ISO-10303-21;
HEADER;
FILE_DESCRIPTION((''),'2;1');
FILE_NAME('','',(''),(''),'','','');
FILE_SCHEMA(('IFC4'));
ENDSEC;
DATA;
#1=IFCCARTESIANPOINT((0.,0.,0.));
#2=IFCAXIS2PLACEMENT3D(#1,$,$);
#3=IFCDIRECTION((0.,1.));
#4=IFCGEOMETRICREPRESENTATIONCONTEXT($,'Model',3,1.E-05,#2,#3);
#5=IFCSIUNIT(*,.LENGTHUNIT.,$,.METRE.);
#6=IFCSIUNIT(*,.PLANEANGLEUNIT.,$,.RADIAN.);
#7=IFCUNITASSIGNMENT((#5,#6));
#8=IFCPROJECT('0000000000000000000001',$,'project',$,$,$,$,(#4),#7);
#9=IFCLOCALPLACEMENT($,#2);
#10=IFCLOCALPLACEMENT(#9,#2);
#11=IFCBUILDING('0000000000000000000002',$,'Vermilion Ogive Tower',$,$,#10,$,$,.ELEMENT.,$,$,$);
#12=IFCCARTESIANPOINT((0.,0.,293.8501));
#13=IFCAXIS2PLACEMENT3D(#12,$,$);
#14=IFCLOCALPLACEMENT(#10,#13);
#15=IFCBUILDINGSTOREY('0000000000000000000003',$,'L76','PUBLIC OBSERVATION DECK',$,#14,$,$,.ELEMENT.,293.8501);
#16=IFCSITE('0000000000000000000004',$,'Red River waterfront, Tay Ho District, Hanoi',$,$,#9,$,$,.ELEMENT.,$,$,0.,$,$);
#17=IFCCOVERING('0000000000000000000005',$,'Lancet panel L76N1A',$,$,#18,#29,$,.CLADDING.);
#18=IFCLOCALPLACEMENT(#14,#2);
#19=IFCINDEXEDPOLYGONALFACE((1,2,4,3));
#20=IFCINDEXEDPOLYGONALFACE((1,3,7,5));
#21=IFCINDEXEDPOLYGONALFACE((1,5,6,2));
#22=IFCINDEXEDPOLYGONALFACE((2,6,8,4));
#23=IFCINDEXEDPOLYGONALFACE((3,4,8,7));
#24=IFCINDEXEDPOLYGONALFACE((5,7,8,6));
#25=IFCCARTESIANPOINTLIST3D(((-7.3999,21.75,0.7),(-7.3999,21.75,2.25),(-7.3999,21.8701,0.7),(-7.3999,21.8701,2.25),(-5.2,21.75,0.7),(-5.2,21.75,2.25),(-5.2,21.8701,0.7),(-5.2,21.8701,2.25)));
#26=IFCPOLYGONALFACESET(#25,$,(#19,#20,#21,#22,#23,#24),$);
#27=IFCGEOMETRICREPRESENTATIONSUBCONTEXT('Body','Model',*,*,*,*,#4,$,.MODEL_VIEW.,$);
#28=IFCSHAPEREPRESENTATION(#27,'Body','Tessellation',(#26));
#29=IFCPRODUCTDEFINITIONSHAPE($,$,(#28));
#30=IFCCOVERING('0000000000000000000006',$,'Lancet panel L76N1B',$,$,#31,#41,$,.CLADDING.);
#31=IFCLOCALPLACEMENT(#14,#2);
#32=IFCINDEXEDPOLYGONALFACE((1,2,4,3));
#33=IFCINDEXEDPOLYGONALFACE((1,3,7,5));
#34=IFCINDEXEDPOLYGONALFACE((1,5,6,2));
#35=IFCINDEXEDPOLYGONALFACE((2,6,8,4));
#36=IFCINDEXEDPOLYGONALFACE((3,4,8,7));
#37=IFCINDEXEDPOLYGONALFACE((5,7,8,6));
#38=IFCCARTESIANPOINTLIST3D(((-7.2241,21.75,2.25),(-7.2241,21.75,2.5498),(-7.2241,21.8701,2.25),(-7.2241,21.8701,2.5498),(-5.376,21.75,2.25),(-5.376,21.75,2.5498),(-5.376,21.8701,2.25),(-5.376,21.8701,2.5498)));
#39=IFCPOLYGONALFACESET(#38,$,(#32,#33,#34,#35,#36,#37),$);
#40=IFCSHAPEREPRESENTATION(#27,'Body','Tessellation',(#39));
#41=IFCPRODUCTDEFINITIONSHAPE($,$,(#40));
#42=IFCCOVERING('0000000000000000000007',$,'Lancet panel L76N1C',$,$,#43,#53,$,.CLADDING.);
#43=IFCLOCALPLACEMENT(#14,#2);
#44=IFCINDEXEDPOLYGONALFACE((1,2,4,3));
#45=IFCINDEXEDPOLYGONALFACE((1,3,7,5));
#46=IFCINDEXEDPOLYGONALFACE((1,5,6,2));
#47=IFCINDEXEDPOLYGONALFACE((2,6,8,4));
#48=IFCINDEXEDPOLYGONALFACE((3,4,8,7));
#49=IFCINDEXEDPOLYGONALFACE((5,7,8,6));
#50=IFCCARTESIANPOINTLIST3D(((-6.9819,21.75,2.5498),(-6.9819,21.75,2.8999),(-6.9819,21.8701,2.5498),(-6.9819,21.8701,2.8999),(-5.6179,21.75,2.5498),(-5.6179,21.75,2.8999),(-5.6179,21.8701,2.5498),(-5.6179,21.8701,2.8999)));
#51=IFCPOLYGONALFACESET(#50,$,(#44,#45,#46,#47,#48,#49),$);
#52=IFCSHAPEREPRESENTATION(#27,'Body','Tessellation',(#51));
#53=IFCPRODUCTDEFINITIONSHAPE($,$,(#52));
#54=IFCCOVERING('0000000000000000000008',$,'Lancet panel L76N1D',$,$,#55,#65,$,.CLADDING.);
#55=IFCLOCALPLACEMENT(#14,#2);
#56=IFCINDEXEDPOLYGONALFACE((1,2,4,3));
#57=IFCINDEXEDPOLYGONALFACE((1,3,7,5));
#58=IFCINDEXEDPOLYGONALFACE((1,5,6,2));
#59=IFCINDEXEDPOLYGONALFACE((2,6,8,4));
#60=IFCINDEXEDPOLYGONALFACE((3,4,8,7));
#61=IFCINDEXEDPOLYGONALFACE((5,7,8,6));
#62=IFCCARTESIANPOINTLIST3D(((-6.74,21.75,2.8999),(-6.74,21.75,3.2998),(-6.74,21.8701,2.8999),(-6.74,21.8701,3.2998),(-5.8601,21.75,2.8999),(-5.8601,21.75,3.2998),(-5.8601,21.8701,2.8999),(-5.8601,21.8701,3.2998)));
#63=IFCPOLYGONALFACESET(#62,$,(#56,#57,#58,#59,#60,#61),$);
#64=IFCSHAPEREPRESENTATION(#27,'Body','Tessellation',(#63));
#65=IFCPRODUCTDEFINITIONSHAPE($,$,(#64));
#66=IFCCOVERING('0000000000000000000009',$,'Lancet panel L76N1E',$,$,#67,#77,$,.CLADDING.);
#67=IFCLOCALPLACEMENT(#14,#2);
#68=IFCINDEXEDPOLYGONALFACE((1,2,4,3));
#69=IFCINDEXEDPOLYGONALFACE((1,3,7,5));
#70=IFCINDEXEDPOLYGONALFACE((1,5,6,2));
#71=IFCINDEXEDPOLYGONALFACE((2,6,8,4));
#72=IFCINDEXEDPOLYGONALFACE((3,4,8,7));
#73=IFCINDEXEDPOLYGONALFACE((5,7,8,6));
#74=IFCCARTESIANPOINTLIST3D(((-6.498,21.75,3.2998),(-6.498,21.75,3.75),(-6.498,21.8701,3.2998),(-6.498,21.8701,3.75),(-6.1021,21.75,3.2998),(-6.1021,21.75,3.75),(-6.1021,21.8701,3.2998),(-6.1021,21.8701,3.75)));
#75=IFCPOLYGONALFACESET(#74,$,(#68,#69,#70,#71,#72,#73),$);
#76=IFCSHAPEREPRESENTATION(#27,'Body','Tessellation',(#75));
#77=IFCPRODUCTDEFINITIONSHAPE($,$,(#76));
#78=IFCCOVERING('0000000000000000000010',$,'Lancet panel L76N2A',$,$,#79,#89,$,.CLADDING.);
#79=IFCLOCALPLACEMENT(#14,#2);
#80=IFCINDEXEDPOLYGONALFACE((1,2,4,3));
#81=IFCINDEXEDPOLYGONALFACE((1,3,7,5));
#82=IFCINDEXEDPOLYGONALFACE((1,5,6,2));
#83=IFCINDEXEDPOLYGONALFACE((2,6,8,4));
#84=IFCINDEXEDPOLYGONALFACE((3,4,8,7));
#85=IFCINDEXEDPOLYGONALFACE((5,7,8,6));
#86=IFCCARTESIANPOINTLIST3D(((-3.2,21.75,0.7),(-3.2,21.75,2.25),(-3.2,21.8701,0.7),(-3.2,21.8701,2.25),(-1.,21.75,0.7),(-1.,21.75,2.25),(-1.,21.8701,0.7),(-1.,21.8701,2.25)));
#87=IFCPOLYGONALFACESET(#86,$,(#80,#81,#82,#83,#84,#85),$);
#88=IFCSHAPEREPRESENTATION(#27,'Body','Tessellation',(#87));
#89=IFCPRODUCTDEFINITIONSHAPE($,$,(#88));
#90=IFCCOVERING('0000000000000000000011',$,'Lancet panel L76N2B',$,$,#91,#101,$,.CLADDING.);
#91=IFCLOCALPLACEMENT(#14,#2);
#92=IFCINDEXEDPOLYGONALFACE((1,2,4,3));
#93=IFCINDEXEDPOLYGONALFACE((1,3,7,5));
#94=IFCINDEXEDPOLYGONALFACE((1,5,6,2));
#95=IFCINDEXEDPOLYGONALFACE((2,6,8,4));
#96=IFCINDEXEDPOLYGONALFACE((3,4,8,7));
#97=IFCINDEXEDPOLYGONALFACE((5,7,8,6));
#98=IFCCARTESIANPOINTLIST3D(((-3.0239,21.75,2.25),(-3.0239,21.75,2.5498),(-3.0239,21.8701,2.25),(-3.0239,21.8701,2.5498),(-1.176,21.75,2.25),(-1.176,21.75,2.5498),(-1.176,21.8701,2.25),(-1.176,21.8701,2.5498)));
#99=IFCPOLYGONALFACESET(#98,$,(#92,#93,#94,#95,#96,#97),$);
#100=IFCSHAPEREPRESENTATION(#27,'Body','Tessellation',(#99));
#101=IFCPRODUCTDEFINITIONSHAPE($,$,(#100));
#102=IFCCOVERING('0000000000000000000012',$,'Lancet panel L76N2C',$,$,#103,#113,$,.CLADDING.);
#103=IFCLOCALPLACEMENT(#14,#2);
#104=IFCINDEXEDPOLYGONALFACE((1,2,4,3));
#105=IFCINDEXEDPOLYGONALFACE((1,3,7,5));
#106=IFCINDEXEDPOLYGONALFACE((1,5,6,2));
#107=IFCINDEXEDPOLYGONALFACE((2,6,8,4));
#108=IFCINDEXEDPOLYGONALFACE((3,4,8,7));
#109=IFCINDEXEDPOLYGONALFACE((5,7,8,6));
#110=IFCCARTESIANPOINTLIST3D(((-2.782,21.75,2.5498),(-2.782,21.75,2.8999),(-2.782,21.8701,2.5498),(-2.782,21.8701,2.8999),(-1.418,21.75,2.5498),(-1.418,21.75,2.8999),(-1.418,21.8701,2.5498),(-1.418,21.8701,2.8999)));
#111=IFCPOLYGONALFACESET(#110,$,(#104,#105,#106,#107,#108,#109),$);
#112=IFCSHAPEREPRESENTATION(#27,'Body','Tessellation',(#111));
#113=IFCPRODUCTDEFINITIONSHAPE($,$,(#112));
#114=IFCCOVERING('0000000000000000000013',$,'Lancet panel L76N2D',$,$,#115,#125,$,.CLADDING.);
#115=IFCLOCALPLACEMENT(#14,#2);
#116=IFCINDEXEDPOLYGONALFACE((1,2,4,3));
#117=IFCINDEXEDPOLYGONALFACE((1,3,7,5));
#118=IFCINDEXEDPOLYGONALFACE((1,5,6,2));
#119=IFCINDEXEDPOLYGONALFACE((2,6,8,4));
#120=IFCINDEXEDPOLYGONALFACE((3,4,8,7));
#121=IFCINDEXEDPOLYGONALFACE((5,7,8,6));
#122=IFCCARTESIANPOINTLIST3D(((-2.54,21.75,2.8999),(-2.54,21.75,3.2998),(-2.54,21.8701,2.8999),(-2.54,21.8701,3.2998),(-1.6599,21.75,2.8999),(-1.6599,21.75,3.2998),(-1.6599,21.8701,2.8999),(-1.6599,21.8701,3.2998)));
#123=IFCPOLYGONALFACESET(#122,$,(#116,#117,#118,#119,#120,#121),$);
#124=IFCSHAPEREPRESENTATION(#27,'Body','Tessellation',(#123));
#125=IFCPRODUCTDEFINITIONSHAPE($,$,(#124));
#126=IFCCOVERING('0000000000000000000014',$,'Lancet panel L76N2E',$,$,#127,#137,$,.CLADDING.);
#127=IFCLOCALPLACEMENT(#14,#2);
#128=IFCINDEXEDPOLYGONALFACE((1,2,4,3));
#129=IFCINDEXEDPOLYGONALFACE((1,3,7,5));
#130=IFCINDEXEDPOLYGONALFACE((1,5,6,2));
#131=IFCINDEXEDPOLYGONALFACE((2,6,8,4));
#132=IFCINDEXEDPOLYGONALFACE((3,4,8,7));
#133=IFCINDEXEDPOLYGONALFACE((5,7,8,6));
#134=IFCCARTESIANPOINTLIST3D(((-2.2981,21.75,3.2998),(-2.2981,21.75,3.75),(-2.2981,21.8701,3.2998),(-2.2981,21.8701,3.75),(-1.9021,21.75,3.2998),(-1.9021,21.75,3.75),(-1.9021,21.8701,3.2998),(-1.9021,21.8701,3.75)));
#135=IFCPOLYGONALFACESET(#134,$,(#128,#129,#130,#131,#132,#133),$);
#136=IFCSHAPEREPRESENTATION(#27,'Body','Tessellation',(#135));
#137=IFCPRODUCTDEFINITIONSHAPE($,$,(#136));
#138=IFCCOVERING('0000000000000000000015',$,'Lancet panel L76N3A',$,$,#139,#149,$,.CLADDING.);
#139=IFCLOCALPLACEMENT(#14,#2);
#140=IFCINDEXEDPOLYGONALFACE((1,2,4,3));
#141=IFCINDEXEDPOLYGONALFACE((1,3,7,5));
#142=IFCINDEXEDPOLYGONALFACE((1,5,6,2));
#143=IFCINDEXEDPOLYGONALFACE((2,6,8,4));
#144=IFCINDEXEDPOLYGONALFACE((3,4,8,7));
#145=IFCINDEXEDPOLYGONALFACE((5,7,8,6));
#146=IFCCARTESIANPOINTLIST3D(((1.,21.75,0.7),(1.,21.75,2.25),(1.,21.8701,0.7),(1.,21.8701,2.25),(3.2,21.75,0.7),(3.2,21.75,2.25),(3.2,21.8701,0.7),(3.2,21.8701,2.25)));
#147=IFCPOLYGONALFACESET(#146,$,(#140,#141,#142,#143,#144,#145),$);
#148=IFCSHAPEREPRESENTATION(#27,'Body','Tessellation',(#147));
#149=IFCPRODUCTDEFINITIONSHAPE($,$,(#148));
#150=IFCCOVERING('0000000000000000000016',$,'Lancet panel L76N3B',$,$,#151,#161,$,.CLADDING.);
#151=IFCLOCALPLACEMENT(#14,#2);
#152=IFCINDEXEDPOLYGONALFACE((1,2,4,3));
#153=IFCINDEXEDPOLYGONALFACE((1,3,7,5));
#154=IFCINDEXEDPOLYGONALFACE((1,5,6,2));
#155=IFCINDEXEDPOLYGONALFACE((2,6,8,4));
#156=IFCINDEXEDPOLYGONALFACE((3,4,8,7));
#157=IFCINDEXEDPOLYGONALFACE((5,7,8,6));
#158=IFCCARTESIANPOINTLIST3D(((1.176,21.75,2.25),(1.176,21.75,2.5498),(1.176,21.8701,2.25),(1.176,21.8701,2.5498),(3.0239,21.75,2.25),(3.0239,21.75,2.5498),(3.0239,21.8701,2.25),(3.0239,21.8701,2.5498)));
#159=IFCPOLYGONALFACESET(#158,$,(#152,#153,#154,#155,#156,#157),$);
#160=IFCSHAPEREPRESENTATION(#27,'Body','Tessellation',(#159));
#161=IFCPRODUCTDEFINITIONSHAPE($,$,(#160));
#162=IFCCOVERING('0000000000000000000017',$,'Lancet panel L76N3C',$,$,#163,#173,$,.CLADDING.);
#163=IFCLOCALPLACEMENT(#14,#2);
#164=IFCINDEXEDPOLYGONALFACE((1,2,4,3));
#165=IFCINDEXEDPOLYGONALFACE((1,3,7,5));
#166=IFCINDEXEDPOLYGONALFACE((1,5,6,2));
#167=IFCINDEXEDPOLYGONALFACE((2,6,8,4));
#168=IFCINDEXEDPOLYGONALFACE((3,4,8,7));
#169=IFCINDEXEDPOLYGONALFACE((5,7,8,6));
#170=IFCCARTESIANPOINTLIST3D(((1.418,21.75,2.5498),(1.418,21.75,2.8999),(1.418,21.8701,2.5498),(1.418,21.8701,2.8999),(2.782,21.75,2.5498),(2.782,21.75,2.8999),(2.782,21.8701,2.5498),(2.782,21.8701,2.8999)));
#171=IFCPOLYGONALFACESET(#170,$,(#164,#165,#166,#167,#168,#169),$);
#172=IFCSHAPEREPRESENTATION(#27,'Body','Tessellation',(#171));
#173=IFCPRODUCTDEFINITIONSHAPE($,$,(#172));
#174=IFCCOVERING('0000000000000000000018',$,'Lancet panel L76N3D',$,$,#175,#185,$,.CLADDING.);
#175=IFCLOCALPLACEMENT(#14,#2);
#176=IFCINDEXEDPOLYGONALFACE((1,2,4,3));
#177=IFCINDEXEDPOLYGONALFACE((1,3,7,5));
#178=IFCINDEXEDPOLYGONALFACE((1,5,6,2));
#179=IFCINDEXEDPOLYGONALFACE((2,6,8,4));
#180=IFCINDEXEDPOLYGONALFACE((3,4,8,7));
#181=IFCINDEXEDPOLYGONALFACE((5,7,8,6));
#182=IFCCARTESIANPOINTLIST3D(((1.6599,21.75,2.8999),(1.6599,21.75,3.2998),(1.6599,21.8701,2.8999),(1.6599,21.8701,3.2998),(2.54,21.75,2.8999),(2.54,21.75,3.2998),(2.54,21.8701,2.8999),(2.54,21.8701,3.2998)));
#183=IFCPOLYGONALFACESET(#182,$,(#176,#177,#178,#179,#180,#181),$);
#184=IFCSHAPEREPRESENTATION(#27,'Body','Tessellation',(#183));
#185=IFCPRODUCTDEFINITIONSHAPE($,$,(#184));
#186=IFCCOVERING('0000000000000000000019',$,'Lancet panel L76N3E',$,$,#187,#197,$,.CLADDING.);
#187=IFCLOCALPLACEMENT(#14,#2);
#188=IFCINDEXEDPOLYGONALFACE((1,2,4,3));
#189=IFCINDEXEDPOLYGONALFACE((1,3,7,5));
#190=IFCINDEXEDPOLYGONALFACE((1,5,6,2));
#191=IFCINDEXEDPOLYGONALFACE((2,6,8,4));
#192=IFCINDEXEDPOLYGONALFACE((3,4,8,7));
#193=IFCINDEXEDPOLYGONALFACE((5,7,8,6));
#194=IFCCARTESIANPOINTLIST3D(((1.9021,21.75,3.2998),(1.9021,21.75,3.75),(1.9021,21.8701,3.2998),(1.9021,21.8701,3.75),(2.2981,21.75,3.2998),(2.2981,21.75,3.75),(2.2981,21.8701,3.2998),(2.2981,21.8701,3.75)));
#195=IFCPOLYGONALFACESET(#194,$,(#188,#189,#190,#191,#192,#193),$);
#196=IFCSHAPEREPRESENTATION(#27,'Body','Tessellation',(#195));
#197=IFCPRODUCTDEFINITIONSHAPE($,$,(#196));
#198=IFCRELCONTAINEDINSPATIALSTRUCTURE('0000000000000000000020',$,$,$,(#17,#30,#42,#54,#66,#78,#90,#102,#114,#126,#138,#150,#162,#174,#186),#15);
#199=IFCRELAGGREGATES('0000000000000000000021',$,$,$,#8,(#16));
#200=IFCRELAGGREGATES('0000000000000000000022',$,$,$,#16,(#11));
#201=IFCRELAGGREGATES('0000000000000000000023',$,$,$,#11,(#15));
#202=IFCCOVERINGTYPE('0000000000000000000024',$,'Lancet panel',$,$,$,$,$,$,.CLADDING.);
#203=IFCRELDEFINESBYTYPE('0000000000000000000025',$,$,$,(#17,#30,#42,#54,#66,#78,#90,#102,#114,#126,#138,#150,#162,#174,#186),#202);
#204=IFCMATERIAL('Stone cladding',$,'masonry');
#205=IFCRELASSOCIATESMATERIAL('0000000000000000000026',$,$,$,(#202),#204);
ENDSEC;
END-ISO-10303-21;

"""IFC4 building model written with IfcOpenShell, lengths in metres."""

from ifc_helpers import new_model, si_unit, direction, frame, origin, place, context, subcontext, project, spatial, polyline, outline, extrude, material, type_object, element, save


model = new_model("IFC4")

# Units and contexts
model_context = context("Model", 3, precision=1e-05, world=origin(), true_north=direction((0.0, 1.0)))
body_context = subcontext(model_context, "Body", "Model", "MODEL_VIEW")
ifc_project = project(units=[si_unit("LENGTHUNIT", "METRE"), si_unit("PLANEANGLEUNIT", "RADIAN")], contexts=[model_context])

# Site, building, storey
site_placement = place(None, origin())
site = spatial("IfcSite", under=ifc_project, at=site_placement, Name="Red River waterfront, Tay Ho District, Hanoi", CompositionType="ELEMENT", RefElevation=0.0)
building_placement = place(site_placement, origin())
building = spatial("IfcBuilding", under=site, at=building_placement, Name="Vermilion Ogive Tower", CompositionType="ELEMENT")
storey_placement = place(building_placement, frame((0.0, 0.0, 293.8501)))
storey = spatial("IfcBuildingStorey", under=building, at=storey_placement, Name="L76", Description="PUBLIC OBSERVATION DECK", CompositionType="ELEMENT", Elevation=293.8501)

# Coverings
ifc_material_1 = material(Name="Stone cladding", Category="masonry")
covering_type_1 = type_object("IfcCoveringType", Name="Lancet panel", PredefinedType="CLADDING", material=ifc_material_1)
covering_1_placement = place(storey_placement, frame((0.0, 0.0, 0.7)))
element("IfcCovering", 1, at=covering_1_placement, inside=storey, type_object=covering_type_1, Name="Lancet panel L76N1A", PredefinedType="CLADDING", context=body_context, shape_type="SweptSolid", body=[
    extrude(outline(polyline([(-7.3999, 21.75), (-5.2, 21.75), (-5.2, 21.8701), (-7.3999, 21.8701), (-7.3999, 21.75)])), origin(), (0.0, 0.0, 1.0), 1.55),
])
covering_2_placement = place(storey_placement, frame((0.0, 0.0, 2.25)))
element("IfcCovering", 2, at=covering_2_placement, inside=storey, type_object=covering_type_1, Name="Lancet panel L76N1B", PredefinedType="CLADDING", context=body_context, shape_type="SweptSolid", body=[
    extrude(outline(polyline([(-7.2241, 21.75), (-5.376, 21.75), (-5.376, 21.8701), (-7.2241, 21.8701), (-7.2241, 21.75)])), origin(), (0.0, 0.0, 1.0), 0.2998),
])
covering_3_placement = place(storey_placement, frame((0.0, 0.0, 2.5498)))
element("IfcCovering", 3, at=covering_3_placement, inside=storey, type_object=covering_type_1, Name="Lancet panel L76N1C", PredefinedType="CLADDING", context=body_context, shape_type="SweptSolid", body=[
    extrude(outline(polyline([(-6.9819, 21.75), (-5.6179, 21.75), (-5.6179, 21.8701), (-6.9819, 21.8701), (-6.9819, 21.75)])), origin(), (0.0, 0.0, 1.0), 0.3501),
])
covering_4_placement = place(storey_placement, frame((0.0, 0.0, 2.8999)))
element("IfcCovering", 4, at=covering_4_placement, inside=storey, type_object=covering_type_1, Name="Lancet panel L76N1D", PredefinedType="CLADDING", context=body_context, shape_type="SweptSolid", body=[
    extrude(outline(polyline([(-6.74, 21.75), (-5.8601, 21.75), (-5.8601, 21.8701), (-6.74, 21.8701), (-6.74, 21.75)])), origin(), (0.0, 0.0, 1.0), 0.3999),
])
covering_5_placement = place(storey_placement, frame((0.0, 0.0, 3.2998)))
element("IfcCovering", 5, at=covering_5_placement, inside=storey, type_object=covering_type_1, Name="Lancet panel L76N1E", PredefinedType="CLADDING", context=body_context, shape_type="SweptSolid", body=[
    extrude(outline(polyline([(-6.498, 21.75), (-6.1021, 21.75), (-6.1021, 21.8701), (-6.498, 21.8701), (-6.498, 21.75)])), origin(), (0.0, 0.0, 1.0), 0.4502),
])
covering_6_placement = place(storey_placement, frame((0.0, 0.0, 0.7)))
element("IfcCovering", 6, at=covering_6_placement, inside=storey, type_object=covering_type_1, Name="Lancet panel L76N2A", PredefinedType="CLADDING", context=body_context, shape_type="SweptSolid", body=[
    extrude(outline(polyline([(-3.2, 21.75), (-1.0, 21.75), (-1.0, 21.8701), (-3.2, 21.8701), (-3.2, 21.75)])), origin(), (0.0, 0.0, 1.0), 1.55),
])
covering_7_placement = place(storey_placement, frame((0.0, 0.0, 2.25)))
element("IfcCovering", 7, at=covering_7_placement, inside=storey, type_object=covering_type_1, Name="Lancet panel L76N2B", PredefinedType="CLADDING", context=body_context, shape_type="SweptSolid", body=[
    extrude(outline(polyline([(-3.0239, 21.75), (-1.176, 21.75), (-1.176, 21.8701), (-3.0239, 21.8701), (-3.0239, 21.75)])), origin(), (0.0, 0.0, 1.0), 0.2998),
])
covering_8_placement = place(storey_placement, frame((0.0, 0.0, 2.5498)))
element("IfcCovering", 8, at=covering_8_placement, inside=storey, type_object=covering_type_1, Name="Lancet panel L76N2C", PredefinedType="CLADDING", context=body_context, shape_type="SweptSolid", body=[
    extrude(outline(polyline([(-2.782, 21.75), (-1.418, 21.75), (-1.418, 21.8701), (-2.782, 21.8701), (-2.782, 21.75)])), origin(), (0.0, 0.0, 1.0), 0.3501),
])
covering_9_placement = place(storey_placement, frame((0.0, 0.0, 2.8999)))
element("IfcCovering", 9, at=covering_9_placement, inside=storey, type_object=covering_type_1, Name="Lancet panel L76N2D", PredefinedType="CLADDING", context=body_context, shape_type="SweptSolid", body=[
    extrude(outline(polyline([(-2.54, 21.75), (-1.6599, 21.75), (-1.6599, 21.8701), (-2.54, 21.8701), (-2.54, 21.75)])), origin(), (0.0, 0.0, 1.0), 0.3999),
])
covering_10_placement = place(storey_placement, frame((0.0, 0.0, 3.2998)))
element("IfcCovering", 10, at=covering_10_placement, inside=storey, type_object=covering_type_1, Name="Lancet panel L76N2E", PredefinedType="CLADDING", context=body_context, shape_type="SweptSolid", body=[
    extrude(outline(polyline([(-2.2981, 21.75), (-1.9021, 21.75), (-1.9021, 21.8701), (-2.2981, 21.8701), (-2.2981, 21.75)])), origin(), (0.0, 0.0, 1.0), 0.4502),
])
covering_11_placement = place(storey_placement, frame((0.0, 0.0, 0.7)))
element("IfcCovering", 11, at=covering_11_placement, inside=storey, type_object=covering_type_1, Name="Lancet panel L76N3A", PredefinedType="CLADDING", context=body_context, shape_type="SweptSolid", body=[
    extrude(outline(polyline([(1.0, 21.75), (3.2, 21.75), (3.2, 21.8701), (1.0, 21.8701), (1.0, 21.75)])), origin(), (0.0, 0.0, 1.0), 1.55),
])
covering_12_placement = place(storey_placement, frame((0.0, 0.0, 2.25)))
element("IfcCovering", 12, at=covering_12_placement, inside=storey, type_object=covering_type_1, Name="Lancet panel L76N3B", PredefinedType="CLADDING", context=body_context, shape_type="SweptSolid", body=[
    extrude(outline(polyline([(1.176, 21.75), (3.0239, 21.75), (3.0239, 21.8701), (1.176, 21.8701), (1.176, 21.75)])), origin(), (0.0, 0.0, 1.0), 0.2998),
])
covering_13_placement = place(storey_placement, frame((0.0, 0.0, 2.5498)))
element("IfcCovering", 13, at=covering_13_placement, inside=storey, type_object=covering_type_1, Name="Lancet panel L76N3C", PredefinedType="CLADDING", context=body_context, shape_type="SweptSolid", body=[
    extrude(outline(polyline([(1.418, 21.75), (2.782, 21.75), (2.782, 21.8701), (1.418, 21.8701), (1.418, 21.75)])), origin(), (0.0, 0.0, 1.0), 0.3501),
])
covering_14_placement = place(storey_placement, frame((0.0, 0.0, 2.8999)))
element("IfcCovering", 14, at=covering_14_placement, inside=storey, type_object=covering_type_1, Name="Lancet panel L76N3D", PredefinedType="CLADDING", context=body_context, shape_type="SweptSolid", body=[
    extrude(outline(polyline([(1.6599, 21.75), (2.54, 21.75), (2.54, 21.8701), (1.6599, 21.8701), (1.6599, 21.75)])), origin(), (0.0, 0.0, 1.0), 0.3999),
])
covering_15_placement = place(storey_placement, frame((0.0, 0.0, 3.2998)))
element("IfcCovering", 15, at=covering_15_placement, inside=storey, type_object=covering_type_1, Name="Lancet panel L76N3E", PredefinedType="CLADDING", context=body_context, shape_type="SweptSolid", body=[
    extrude(outline(polyline([(1.9021, 21.75), (2.2981, 21.75), (2.2981, 21.8701), (1.9021, 21.8701), (1.9021, 21.75)])), origin(), (0.0, 0.0, 1.0), 0.4502),
])

save(model, "model.ifc")
